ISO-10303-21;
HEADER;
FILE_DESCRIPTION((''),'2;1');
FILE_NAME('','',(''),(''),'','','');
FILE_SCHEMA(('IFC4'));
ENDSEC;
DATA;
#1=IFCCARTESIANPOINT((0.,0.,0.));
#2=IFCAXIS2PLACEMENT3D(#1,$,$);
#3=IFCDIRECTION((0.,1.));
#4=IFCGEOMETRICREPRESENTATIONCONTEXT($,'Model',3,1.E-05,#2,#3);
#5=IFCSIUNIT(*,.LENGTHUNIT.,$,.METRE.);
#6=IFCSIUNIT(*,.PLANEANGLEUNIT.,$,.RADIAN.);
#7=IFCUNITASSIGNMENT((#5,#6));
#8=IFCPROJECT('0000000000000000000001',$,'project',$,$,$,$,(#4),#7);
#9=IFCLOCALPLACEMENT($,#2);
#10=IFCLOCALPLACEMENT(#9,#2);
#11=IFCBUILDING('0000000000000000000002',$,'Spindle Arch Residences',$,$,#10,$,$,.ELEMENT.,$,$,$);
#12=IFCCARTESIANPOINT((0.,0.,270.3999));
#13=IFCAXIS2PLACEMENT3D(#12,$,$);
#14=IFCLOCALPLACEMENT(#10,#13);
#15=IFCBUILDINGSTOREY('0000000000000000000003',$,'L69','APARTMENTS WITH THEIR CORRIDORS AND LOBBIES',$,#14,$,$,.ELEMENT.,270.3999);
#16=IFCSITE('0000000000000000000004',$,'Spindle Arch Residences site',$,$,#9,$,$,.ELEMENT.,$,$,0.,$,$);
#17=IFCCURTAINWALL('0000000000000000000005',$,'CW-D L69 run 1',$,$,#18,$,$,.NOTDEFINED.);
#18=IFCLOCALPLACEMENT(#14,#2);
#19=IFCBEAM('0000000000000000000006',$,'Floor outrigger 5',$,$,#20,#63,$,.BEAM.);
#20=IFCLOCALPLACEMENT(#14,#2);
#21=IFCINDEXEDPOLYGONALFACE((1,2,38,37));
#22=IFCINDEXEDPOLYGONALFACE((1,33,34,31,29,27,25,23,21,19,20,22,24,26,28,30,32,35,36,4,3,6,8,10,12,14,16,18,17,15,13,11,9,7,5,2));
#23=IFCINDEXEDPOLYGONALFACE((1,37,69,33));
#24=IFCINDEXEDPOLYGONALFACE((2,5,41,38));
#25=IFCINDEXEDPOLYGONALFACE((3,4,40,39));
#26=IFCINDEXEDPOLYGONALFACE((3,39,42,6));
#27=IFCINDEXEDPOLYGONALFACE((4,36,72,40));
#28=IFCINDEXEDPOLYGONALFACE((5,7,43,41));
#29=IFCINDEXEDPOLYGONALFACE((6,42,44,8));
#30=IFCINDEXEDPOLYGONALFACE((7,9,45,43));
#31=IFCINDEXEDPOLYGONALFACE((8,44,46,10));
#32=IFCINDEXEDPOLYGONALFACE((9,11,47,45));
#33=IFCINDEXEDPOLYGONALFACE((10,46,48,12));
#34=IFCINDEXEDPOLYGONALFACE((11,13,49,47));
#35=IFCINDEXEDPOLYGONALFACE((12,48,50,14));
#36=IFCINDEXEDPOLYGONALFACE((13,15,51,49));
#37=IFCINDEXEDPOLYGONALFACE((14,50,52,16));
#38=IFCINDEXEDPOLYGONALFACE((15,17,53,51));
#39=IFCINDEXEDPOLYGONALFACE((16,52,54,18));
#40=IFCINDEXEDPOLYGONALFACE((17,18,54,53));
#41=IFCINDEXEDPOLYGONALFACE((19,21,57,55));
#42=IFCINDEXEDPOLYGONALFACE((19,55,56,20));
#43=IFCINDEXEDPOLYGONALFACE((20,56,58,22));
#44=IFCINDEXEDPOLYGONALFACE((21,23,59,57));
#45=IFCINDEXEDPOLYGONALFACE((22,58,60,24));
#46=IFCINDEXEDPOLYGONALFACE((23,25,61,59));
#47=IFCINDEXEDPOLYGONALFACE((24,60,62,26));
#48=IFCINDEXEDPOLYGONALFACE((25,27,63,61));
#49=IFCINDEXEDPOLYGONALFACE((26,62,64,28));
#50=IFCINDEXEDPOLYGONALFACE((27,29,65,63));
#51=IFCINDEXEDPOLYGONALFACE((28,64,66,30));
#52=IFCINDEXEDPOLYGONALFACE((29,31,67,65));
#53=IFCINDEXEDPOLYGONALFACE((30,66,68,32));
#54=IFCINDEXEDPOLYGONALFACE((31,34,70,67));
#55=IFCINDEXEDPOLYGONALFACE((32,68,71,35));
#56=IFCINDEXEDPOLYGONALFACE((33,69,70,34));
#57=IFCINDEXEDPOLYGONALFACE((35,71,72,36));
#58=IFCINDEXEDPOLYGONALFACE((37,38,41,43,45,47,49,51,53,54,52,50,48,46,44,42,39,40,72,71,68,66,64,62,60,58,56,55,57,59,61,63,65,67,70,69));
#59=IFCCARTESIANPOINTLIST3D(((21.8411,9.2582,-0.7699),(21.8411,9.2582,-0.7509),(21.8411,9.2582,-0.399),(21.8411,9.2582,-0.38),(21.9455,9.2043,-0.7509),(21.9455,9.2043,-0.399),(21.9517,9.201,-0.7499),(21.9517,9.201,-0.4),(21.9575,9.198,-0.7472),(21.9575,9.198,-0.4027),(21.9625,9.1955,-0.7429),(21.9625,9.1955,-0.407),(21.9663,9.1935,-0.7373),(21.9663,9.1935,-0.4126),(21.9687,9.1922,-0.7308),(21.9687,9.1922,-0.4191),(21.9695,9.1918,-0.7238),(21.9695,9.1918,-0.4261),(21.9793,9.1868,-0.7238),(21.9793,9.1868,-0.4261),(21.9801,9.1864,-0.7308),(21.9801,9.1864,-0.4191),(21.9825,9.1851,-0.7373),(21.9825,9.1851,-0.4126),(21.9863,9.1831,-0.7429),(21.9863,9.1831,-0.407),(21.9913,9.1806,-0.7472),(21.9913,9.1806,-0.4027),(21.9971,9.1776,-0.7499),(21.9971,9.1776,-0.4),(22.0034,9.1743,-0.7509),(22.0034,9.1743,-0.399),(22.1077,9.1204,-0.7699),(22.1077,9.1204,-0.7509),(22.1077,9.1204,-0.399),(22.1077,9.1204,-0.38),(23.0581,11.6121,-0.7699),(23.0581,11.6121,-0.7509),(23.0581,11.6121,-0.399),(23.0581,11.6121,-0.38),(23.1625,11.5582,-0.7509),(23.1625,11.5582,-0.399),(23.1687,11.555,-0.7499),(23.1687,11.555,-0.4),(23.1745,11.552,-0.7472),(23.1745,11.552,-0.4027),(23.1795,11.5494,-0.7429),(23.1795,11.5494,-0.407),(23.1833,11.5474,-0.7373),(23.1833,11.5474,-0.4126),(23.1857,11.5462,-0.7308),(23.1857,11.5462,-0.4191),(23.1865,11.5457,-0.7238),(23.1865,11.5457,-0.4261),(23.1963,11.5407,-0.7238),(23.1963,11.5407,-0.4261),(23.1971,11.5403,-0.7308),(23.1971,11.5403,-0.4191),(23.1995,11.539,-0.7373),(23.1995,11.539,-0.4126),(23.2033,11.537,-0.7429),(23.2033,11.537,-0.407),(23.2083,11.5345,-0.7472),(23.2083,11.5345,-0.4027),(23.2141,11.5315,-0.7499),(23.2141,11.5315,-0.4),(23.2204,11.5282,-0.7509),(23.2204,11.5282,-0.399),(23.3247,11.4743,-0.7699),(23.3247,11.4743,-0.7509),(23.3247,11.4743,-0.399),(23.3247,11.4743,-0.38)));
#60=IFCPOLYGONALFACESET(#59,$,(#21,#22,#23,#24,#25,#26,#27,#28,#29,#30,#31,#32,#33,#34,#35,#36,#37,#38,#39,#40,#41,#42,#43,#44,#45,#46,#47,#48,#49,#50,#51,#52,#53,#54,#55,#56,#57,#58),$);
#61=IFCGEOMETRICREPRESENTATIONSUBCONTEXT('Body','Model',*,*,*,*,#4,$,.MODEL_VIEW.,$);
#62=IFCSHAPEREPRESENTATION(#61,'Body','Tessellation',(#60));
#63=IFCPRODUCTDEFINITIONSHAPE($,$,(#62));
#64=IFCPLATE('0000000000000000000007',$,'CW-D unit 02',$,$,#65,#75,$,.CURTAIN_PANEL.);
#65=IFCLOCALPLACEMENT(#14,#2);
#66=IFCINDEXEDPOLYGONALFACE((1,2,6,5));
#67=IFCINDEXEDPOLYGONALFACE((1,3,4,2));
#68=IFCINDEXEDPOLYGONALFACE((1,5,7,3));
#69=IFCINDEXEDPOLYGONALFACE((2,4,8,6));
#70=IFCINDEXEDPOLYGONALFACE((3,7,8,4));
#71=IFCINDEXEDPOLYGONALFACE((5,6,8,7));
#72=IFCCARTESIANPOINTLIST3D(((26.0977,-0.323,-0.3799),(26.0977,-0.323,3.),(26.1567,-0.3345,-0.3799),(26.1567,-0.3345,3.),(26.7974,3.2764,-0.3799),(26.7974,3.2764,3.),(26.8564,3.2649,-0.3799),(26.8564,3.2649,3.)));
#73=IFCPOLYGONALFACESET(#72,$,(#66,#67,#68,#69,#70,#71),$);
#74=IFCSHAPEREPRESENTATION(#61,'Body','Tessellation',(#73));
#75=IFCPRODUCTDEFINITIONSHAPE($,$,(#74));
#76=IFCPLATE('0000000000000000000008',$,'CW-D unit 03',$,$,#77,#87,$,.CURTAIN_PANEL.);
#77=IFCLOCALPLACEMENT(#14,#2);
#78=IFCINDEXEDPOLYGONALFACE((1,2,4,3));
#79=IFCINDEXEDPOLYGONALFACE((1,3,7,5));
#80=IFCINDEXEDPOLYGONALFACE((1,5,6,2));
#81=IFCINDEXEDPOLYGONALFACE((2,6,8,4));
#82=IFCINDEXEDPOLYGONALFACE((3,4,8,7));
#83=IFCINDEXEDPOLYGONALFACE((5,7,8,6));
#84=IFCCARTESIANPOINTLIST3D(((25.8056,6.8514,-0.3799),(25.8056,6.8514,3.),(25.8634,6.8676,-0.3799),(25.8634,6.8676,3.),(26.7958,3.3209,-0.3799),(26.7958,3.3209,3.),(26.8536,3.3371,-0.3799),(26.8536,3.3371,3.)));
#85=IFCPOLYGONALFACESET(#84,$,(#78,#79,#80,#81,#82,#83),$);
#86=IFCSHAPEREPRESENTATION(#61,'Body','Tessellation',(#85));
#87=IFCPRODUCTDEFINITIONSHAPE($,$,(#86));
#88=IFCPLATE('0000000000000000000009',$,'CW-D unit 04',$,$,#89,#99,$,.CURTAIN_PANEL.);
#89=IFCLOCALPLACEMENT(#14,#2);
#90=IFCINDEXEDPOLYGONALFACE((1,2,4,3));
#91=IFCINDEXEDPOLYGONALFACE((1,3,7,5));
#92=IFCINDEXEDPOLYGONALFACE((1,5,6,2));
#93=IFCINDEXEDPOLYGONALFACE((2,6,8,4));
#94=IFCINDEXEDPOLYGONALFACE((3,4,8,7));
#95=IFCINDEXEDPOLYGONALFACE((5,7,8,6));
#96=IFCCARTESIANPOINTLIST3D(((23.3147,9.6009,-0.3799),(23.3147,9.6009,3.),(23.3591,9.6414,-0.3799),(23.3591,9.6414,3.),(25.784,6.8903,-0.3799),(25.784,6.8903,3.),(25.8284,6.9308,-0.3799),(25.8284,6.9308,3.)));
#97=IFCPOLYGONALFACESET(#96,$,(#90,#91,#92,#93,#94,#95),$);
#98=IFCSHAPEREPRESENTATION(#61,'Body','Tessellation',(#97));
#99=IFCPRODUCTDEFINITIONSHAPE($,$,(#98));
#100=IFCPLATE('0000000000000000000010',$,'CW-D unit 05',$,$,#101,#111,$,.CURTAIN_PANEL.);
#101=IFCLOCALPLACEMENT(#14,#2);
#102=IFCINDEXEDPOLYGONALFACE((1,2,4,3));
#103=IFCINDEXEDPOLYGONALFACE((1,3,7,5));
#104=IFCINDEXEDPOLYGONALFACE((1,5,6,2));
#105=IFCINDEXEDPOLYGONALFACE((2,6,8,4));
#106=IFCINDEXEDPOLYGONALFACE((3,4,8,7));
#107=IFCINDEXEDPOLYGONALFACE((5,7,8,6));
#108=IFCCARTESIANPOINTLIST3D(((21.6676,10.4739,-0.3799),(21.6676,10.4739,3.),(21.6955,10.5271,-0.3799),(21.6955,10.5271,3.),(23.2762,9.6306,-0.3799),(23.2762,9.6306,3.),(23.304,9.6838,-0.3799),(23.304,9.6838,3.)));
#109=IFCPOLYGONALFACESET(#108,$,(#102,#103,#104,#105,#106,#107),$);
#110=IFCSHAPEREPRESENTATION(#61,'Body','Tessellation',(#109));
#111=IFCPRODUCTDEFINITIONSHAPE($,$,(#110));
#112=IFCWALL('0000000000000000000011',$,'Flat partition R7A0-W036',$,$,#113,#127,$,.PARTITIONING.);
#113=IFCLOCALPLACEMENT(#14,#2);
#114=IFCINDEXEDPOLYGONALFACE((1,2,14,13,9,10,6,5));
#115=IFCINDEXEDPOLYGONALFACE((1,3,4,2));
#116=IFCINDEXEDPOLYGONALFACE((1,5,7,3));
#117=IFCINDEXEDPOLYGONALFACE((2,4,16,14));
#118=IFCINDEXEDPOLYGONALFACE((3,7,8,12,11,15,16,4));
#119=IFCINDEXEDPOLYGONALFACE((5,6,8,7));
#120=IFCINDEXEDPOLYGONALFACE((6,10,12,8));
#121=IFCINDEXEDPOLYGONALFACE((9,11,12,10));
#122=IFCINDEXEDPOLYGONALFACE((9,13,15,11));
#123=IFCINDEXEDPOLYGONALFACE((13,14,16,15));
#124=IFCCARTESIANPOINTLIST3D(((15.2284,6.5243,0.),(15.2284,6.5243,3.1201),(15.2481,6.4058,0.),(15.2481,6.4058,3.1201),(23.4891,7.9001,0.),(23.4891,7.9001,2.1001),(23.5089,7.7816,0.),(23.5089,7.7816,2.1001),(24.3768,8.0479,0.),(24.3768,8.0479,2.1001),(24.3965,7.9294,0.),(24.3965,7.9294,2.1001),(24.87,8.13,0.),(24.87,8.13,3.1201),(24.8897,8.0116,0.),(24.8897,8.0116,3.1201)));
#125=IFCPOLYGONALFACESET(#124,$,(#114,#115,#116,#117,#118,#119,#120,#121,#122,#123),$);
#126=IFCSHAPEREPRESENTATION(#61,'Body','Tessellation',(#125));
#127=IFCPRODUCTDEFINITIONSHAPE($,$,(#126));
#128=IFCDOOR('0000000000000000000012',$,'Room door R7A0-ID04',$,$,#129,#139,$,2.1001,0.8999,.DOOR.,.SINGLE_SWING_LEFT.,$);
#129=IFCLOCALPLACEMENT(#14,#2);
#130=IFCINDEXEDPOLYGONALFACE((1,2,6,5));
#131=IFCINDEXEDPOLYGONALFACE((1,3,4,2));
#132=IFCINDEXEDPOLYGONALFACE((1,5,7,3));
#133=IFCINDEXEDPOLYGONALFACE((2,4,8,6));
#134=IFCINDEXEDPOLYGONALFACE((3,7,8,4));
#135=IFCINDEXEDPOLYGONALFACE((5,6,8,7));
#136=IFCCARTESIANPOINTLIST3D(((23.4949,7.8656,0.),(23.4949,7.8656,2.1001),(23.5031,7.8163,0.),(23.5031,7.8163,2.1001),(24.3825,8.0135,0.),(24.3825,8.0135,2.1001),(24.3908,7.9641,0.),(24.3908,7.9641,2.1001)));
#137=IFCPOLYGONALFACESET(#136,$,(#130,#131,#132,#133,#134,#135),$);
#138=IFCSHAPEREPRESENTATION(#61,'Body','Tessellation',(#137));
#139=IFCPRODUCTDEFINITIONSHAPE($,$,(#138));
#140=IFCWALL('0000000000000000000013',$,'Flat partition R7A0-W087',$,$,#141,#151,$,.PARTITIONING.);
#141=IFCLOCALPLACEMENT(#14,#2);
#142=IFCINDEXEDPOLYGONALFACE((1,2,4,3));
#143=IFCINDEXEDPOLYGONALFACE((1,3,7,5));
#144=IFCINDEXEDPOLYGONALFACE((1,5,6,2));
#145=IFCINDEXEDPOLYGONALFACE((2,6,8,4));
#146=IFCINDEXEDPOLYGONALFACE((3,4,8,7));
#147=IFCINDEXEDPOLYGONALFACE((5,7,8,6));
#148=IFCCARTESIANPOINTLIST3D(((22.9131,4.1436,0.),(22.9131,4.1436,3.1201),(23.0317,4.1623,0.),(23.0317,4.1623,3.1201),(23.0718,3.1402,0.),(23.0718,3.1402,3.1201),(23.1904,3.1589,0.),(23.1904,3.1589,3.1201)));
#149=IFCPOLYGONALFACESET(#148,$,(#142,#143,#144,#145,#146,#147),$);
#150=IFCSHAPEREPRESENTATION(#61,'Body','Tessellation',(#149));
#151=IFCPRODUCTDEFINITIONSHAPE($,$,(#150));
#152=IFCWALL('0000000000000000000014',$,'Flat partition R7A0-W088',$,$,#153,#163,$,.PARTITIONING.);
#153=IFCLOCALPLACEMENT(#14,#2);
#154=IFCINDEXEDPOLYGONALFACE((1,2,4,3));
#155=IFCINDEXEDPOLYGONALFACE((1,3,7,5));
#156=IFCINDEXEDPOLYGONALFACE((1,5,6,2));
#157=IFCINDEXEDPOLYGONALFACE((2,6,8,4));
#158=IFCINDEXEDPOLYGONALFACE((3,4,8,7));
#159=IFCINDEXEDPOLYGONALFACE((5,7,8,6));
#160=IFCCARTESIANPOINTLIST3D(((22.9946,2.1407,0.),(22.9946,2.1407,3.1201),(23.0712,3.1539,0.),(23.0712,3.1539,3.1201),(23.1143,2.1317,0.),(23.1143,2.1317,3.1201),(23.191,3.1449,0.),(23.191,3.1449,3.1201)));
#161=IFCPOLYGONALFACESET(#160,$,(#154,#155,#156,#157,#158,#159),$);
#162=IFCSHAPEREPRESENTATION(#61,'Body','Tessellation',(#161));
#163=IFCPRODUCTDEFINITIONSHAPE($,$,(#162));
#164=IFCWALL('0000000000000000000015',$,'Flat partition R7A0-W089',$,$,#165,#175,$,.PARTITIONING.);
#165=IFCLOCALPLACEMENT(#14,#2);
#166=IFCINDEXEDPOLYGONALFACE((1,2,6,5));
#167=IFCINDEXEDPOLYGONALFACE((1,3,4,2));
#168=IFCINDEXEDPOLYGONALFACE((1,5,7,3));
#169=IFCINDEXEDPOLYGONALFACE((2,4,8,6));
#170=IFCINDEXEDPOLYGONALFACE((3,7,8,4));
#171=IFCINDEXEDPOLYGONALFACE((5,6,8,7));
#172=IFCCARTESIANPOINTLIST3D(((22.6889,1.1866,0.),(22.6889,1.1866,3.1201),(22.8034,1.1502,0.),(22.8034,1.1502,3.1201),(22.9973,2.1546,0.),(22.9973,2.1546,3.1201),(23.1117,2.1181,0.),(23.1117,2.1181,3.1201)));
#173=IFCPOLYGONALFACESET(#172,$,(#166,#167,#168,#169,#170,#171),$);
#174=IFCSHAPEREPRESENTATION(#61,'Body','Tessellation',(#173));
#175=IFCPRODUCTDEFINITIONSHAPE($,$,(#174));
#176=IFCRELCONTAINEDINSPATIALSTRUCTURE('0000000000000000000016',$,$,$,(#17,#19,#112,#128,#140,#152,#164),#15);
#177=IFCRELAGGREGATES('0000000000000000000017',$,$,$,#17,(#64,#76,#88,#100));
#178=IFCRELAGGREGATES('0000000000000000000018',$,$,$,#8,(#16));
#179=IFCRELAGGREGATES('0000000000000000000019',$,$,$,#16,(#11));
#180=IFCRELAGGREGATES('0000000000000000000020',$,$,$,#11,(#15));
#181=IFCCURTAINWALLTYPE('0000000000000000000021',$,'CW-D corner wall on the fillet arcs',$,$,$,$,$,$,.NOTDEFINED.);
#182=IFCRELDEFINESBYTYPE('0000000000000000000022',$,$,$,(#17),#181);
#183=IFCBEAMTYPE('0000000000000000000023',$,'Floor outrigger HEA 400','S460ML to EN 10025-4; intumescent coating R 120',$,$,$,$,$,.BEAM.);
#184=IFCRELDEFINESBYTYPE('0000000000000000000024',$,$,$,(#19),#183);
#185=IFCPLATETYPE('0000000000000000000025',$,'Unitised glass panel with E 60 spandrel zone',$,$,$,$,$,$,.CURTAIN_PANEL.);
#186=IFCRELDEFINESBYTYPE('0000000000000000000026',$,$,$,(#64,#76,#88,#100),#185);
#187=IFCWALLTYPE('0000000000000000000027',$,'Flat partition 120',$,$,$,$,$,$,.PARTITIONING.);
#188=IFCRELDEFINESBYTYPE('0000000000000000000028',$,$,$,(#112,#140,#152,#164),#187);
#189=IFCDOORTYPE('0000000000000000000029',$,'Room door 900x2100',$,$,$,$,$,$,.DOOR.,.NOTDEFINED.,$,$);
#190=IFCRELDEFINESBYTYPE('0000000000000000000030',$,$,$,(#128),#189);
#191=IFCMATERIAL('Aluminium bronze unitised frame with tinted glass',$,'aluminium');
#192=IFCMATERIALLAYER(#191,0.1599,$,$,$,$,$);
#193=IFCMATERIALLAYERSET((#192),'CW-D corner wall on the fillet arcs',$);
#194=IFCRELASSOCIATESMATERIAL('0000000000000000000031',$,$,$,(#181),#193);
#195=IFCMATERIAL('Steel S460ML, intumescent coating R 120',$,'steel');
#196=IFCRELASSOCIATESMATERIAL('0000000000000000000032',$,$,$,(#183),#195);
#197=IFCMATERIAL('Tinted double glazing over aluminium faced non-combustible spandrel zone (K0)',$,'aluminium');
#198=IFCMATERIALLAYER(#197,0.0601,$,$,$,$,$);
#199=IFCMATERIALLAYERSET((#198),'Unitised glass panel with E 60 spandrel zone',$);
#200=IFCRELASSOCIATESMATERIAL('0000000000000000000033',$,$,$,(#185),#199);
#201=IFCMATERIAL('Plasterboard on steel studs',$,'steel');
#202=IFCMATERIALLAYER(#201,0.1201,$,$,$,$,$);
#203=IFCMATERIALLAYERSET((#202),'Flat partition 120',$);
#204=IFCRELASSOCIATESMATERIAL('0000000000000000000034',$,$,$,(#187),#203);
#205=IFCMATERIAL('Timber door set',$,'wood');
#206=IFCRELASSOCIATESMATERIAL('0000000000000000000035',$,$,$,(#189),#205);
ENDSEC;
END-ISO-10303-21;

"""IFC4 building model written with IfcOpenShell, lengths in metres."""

from ifc_helpers import new_model, si_unit, direction, frame, frame_2d, origin, origin_2d, place, context, subcontext, project, spatial, rectangle, i_section, extrude, material, layer, layer_set, material_profile, profile_set, type_object, element, fill, aggregate, save


model = new_model("IFC4")

# Units and contexts
model_context = context("Model", 3, precision=1e-05, world=origin(), true_north=direction((0.0, 1.0)))
body_context = subcontext(model_context, "Body", "Model", "MODEL_VIEW")
ifc_project = project(units=[si_unit("LENGTHUNIT", "METRE"), si_unit("PLANEANGLEUNIT", "RADIAN")], contexts=[model_context])

# Site, building, storey
site_placement = place(None, origin())
site = spatial("IfcSite", under=ifc_project, at=site_placement, Name="Spindle Arch Residences site", CompositionType="ELEMENT", RefElevation=0.0)
building_placement = place(site_placement, origin())
building = spatial("IfcBuilding", under=site, at=building_placement, Name="Spindle Arch Residences", CompositionType="ELEMENT")
storey_placement = place(building_placement, frame((0.0, 0.0, 270.3999)))
storey = spatial("IfcBuildingStorey", under=building, at=storey_placement, Name="L69", Description="APARTMENTS WITH THEIR CORRIDORS AND LOBBIES", CompositionType="ELEMENT", Elevation=270.3999)

# Curtain wall
ifc_material_1 = material(Name="Aluminium bronze unitised frame with tinted glass", Category="aluminium")
ifc_layer_1 = layer(ifc_material_1, 0.1599)
ifc_layer_set_1 = layer_set([ifc_layer_1], Name="CW-D corner wall on the fillet arcs")
curtain_wall_type = type_object("IfcCurtainWallType", Name="CW-D corner wall on the fillet arcs", PredefinedType="NOTDEFINED", material=ifc_layer_set_1)
curtain_wall_placement = place(storey_placement, origin())
curtain_wall = element("IfcCurtainWall", 1, at=curtain_wall_placement, inside=storey, type_object=curtain_wall_type, Name="CW-D L69 run 1", PredefinedType="NOTDEFINED")

# Beam
ifc_material_2 = material(Name="Steel S460ML, intumescent coating R 120", Category="steel")
ifc_material_profile_1 = material_profile(ifc_material_2, i_section(OverallWidth=0.3, OverallDepth=0.3899, WebThickness=0.011, FlangeThickness=0.019, FilletRadius=0.0271, at=origin_2d()), Name="HEA 400")
ifc_profile_set_1 = profile_set([ifc_material_profile_1], Name="Steel S460ML, intumescent coating R 120")
beam_type_1 = type_object("IfcBeamType", Name="Floor outrigger HEA 400", Description="S460ML to EN 10025-4; intumescent coating R 120", PredefinedType="BEAM", material=ifc_profile_set_1)
for number, where, z_axis, x_axis, name in (
    (2, (23.1914, 11.5432, -0.575), (-0.45926, -0.888302, 0.0), (0.888302, -0.45926, 0.0), "Floor outrigger 5"),
):
    element("IfcBeam", number, at=place(storey_placement, frame(where, z_axis=z_axis, x_axis=x_axis)), inside=storey, type_object=beam_type_1, Name=name, PredefinedType="BEAM", context=body_context, shape_type="SweptSolid", body=[
        extrude(i_section(OverallWidth=0.3, OverallDepth=0.3899, WebThickness=0.011, FlangeThickness=0.019, FilletRadius=0.0271, at=origin_2d()), origin(), (0.0, 0.0, 1.0), 2.6499),
    ])

# Plates
ifc_material_3 = material(Name="Tinted double glazing over aluminium faced non-combustible spandrel zone (K0)", Category="aluminium")
ifc_layer_2 = layer(ifc_material_3, 0.0601)
ifc_layer_set_2 = layer_set([ifc_layer_2], Name="Unitised glass panel with E 60 spandrel zone")
plate_type = type_object("IfcPlateType", Name="Unitised glass panel with E 60 spandrel zone", PredefinedType="CURTAIN_PANEL", material=ifc_layer_set_2)
plate_1_placement = place(storey_placement, frame((26.4771, 1.4709, -0.3799), z_axis=(0.0, 0.0, 1.0), x_axis=(0.190809, 0.981627, 0.0)))
plate_1 = element("IfcPlate", 3, at=plate_1_placement, type_object=plate_type, Name="CW-D unit 02", PredefinedType="CURTAIN_PANEL", context=body_context, shape_type="SweptSolid", body=[
    extrude(rectangle(XDim=3.6667, YDim=0.0601, at=origin_2d()), origin(), (0.0, 0.0, 1.0), 3.3799),
])
plate_2_placement = place(storey_placement, frame((26.3296, 5.0942, -0.3799), z_axis=(0.0, 0.0, 1.0), x_axis=(-0.27004, 0.962849, 0.0)))
plate_2 = element("IfcPlate", 4, at=plate_2_placement, type_object=plate_type, Name="CW-D unit 03", PredefinedType="CURTAIN_PANEL", context=body_context, shape_type="SweptSolid", body=[
    extrude(rectangle(XDim=3.6667, YDim=0.0601, at=origin_2d()), origin(), (0.0, 0.0, 1.0), 3.3799),
])
plate_3_placement = place(storey_placement, frame((24.5715, 8.2659, -0.3799), z_axis=(0.0, 0.0, 1.0), x_axis=(-0.673443, 0.739239, 0.0)))
plate_3 = element("IfcPlate", 5, at=plate_3_placement, type_object=plate_type, Name="CW-D unit 04", PredefinedType="CURTAIN_PANEL", context=body_context, shape_type="SweptSolid", body=[
    extrude(rectangle(XDim=3.6667, YDim=0.0601, at=origin_2d()), origin(), (0.0, 0.0, 1.0), 3.3799),
])
plate_4_placement = place(storey_placement, frame((22.4858, 10.0789, -0.3799), z_axis=(0.0, 0.0, 1.0), x_axis=(-0.885664, 0.464327, 0.0)))
plate_4 = element("IfcPlate", 6, at=plate_4_placement, type_object=plate_type, Name="CW-D unit 05", PredefinedType="CURTAIN_PANEL", context=body_context, shape_type="SweptSolid", body=[
    extrude(rectangle(XDim=1.8162, YDim=0.0601, at=origin_2d()), origin(), (0.0, 0.0, 1.0), 3.3799),
])
aggregate(curtain_wall, [plate_1, plate_2, plate_3, plate_4])

# Wall, opening, door
ifc_material_4 = material(Name="Plasterboard on steel studs", Category="steel")
ifc_layer_3 = layer(ifc_material_4, 0.1201)
ifc_layer_set_3 = layer_set([ifc_layer_3], Name="Flat partition 120")
wall_type = type_object("IfcWallType", Name="Flat partition 120", PredefinedType="PARTITIONING", material=ifc_layer_set_3)
wall_1_placement = place(storey_placement, frame((24.8799, 8.0708, 0.0), z_axis=(0.0, 0.0, 1.0), x_axis=(-0.986414, -0.164277, 0.0)))
wall_1 = element("IfcWall", 7, at=wall_1_placement, inside=storey, type_object=wall_type, Name="Flat partition R7A0-W036", PredefinedType="PARTITIONING", context=body_context, shape_type="SweptSolid", body=[
    extrude(rectangle(XDim=9.7744, YDim=0.1201, at=frame_2d((4.8872, 0.0))), origin(), (0.0, 0.0, 1.0), 3.1201),
])
opening_placement = place(wall_1_placement, frame((0.5, 0.0, 0.0)))
opening = element("IfcOpeningElement", 8, at=opening_placement, cuts=wall_1, PredefinedType="OPENING", context=body_context, shape_type="SweptSolid", body=[
    extrude(rectangle(XDim=0.8999, YDim=2.1001, at=frame_2d((0.45, 1.05))), frame((0.0, 0.0701, 0.0), z_axis=(0.0, -1.0, 0.0), x_axis=(1.0, 0.0, 0.0)), (0.0, 0.0, 1.0), 0.1401),
])
ifc_material_5 = material(Name="Timber door set", Category="wood")
door_type = type_object("IfcDoorType", Name="Room door 900x2100", OperationType="NOTDEFINED", PredefinedType="DOOR", material=ifc_material_5)
door_placement = place(opening_placement, origin())
door = element("IfcDoor", 9, at=door_placement, inside=storey, type_object=door_type, Name="Room door R7A0-ID04", OperationType="SINGLE_SWING_LEFT", OverallHeight=2.1001, OverallWidth=0.8999, PredefinedType="DOOR", context=body_context, shape_type="SweptSolid", body=[
    extrude(rectangle(XDim=0.8999, YDim=2.1001, at=frame_2d((0.45, 1.05))), frame((0.0, 0.0249, 0.0), z_axis=(0.0, -1.0, 0.0), x_axis=(1.0, 0.0, 0.0)), (0.0, 0.0, 1.0), 0.05),
])
fill(opening, door)

# Walls
wall_2_placement = place(storey_placement, frame((22.9724, 4.1528, 0.0), z_axis=(0.0, 0.0, 1.0), x_axis=(0.156209, -0.987724, 0.0)))
element("IfcWall", 10, at=wall_2_placement, inside=storey, type_object=wall_type, Name="Flat partition R7A0-W087", PredefinedType="PARTITIONING", context=body_context, shape_type="SweptSolid", body=[
    extrude(rectangle(XDim=1.0159, YDim=0.1201, at=frame_2d((0.5078, 0.0))), origin(), (0.0, 0.0, 1.0), 3.1201),
])
wall_3_placement = place(storey_placement, frame((23.1311, 3.1494, 0.0), z_axis=(0.0, 0.0, 1.0), x_axis=(-0.075447, -0.99715, 0.0)))
element("IfcWall", 11, at=wall_3_placement, inside=storey, type_object=wall_type, Name="Flat partition R7A0-W088", PredefinedType="PARTITIONING", context=body_context, shape_type="SweptSolid", body=[
    extrude(rectangle(XDim=1.0161, YDim=0.1201, at=frame_2d((0.5081, 0.0))), origin(), (0.0, 0.0, 1.0), 3.1201),
])
wall_4_placement = place(storey_placement, frame((23.0544, 2.1362, 0.0), z_axis=(0.0, 0.0, 1.0), x_axis=(-0.303511, -0.952828, 0.0)))
element("IfcWall", 12, at=wall_4_placement, inside=storey, type_object=wall_type, Name="Flat partition R7A0-W089", PredefinedType="PARTITIONING", context=body_context, shape_type="SweptSolid", body=[
    extrude(rectangle(XDim=1.0159, YDim=0.1201, at=frame_2d((0.5078, 0.0))), origin(), (0.0, 0.0, 1.0), 3.1201),
])

save(model, "model.ifc")
